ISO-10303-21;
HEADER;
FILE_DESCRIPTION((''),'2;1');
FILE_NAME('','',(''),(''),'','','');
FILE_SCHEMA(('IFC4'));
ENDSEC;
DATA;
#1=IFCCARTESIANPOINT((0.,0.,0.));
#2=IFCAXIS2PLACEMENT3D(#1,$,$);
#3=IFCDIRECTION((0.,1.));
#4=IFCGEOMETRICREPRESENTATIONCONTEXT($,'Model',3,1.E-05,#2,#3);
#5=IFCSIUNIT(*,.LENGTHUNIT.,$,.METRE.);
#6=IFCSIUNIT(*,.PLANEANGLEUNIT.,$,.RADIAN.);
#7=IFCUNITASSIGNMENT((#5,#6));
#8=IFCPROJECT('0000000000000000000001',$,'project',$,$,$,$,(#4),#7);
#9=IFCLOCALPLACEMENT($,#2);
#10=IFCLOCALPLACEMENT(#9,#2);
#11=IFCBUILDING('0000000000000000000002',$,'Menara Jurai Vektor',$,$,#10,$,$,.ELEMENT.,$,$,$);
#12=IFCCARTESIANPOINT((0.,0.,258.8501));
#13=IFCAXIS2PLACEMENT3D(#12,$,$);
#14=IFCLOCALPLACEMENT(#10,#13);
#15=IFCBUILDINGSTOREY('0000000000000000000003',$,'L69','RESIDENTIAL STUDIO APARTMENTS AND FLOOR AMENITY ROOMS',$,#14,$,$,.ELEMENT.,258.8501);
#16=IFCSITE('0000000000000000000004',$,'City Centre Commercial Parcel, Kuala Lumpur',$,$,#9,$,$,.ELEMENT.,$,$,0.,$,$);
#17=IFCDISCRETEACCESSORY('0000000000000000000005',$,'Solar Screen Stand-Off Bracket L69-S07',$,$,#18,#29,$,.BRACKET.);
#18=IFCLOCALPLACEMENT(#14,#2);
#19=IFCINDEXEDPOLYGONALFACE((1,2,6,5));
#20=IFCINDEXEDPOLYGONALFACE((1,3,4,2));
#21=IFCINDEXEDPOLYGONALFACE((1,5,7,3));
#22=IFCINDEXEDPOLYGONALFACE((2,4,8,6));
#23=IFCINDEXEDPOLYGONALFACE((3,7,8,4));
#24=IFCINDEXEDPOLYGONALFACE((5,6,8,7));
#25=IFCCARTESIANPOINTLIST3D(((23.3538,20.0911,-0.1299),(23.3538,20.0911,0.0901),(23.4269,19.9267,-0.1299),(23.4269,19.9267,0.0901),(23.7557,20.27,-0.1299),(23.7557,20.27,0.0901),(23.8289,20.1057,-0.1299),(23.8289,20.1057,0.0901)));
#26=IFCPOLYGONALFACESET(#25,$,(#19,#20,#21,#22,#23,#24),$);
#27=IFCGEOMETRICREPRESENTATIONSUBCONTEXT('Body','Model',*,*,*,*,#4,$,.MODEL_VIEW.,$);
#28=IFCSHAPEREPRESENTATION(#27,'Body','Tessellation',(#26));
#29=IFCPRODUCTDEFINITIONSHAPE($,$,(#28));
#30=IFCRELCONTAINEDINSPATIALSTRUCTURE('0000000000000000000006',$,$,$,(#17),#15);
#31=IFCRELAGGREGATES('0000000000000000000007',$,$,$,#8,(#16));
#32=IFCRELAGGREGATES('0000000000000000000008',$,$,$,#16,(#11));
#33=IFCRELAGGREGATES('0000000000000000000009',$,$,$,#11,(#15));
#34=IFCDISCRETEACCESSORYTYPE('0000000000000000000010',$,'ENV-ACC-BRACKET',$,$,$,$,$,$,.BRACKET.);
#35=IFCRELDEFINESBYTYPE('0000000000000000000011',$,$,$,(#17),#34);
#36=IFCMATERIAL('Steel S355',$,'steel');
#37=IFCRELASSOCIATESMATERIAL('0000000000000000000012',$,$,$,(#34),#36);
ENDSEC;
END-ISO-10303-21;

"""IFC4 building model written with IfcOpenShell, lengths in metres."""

from ifc_helpers import new_model, si_unit, direction, frame, origin, origin_2d, place, context, subcontext, project, spatial, rectangle, extrude, material, type_object, element, save


model = new_model("IFC4")

# Units and contexts
model_context = context("Model", 3, precision=1e-05, world=origin(), true_north=direction((0.0, 1.0)))
body_context = subcontext(model_context, "Body", "Model", "MODEL_VIEW")
ifc_project = project(units=[si_unit("LENGTHUNIT", "METRE"), si_unit("PLANEANGLEUNIT", "RADIAN")], contexts=[model_context])

# Site, building, storey
site_placement = place(None, origin())
site = spatial("IfcSite", under=ifc_project, at=site_placement, Name="City Centre Commercial Parcel, Kuala Lumpur", CompositionType="ELEMENT", RefElevation=0.0)
building_placement = place(site_placement, origin())
building = spatial("IfcBuilding", under=site, at=building_placement, Name="Menara Jurai Vektor", CompositionType="ELEMENT")
storey_placement = place(building_placement, frame((0.0, 0.0, 258.8501)))
storey = spatial("IfcBuildingStorey", under=building, at=storey_placement, Name="L69", Description="RESIDENTIAL STUDIO APARTMENTS AND FLOOR AMENITY ROOMS", CompositionType="ELEMENT", Elevation=258.8501)

# Shared definitions
ifc_material_1 = material(Name="Steel S355", Category="steel")

# Discrete accessory
discrete_accessory_type = type_object("IfcDiscreteAccessoryType", Name="ENV-ACC-BRACKET", PredefinedType="BRACKET", material=ifc_material_1)
discrete_accessory_placement = place(storey_placement, frame((23.5913, 20.0984, -0.1299), z_axis=(0.0, 0.0, 1.0), x_axis=(-0.406737, 0.913545, 0.0)))
element("IfcDiscreteAccessory", 1, at=discrete_accessory_placement, inside=storey, type_object=discrete_accessory_type, Name="Solar Screen Stand-Off Bracket L69-S07", PredefinedType="BRACKET", context=body_context, shape_type="SweptSolid", body=[
    extrude(rectangle(XDim=0.1799, YDim=0.4399, at=origin_2d()), origin(), (0.0, 0.0, 1.0), 0.22),
])

save(model, "model.ifc")
